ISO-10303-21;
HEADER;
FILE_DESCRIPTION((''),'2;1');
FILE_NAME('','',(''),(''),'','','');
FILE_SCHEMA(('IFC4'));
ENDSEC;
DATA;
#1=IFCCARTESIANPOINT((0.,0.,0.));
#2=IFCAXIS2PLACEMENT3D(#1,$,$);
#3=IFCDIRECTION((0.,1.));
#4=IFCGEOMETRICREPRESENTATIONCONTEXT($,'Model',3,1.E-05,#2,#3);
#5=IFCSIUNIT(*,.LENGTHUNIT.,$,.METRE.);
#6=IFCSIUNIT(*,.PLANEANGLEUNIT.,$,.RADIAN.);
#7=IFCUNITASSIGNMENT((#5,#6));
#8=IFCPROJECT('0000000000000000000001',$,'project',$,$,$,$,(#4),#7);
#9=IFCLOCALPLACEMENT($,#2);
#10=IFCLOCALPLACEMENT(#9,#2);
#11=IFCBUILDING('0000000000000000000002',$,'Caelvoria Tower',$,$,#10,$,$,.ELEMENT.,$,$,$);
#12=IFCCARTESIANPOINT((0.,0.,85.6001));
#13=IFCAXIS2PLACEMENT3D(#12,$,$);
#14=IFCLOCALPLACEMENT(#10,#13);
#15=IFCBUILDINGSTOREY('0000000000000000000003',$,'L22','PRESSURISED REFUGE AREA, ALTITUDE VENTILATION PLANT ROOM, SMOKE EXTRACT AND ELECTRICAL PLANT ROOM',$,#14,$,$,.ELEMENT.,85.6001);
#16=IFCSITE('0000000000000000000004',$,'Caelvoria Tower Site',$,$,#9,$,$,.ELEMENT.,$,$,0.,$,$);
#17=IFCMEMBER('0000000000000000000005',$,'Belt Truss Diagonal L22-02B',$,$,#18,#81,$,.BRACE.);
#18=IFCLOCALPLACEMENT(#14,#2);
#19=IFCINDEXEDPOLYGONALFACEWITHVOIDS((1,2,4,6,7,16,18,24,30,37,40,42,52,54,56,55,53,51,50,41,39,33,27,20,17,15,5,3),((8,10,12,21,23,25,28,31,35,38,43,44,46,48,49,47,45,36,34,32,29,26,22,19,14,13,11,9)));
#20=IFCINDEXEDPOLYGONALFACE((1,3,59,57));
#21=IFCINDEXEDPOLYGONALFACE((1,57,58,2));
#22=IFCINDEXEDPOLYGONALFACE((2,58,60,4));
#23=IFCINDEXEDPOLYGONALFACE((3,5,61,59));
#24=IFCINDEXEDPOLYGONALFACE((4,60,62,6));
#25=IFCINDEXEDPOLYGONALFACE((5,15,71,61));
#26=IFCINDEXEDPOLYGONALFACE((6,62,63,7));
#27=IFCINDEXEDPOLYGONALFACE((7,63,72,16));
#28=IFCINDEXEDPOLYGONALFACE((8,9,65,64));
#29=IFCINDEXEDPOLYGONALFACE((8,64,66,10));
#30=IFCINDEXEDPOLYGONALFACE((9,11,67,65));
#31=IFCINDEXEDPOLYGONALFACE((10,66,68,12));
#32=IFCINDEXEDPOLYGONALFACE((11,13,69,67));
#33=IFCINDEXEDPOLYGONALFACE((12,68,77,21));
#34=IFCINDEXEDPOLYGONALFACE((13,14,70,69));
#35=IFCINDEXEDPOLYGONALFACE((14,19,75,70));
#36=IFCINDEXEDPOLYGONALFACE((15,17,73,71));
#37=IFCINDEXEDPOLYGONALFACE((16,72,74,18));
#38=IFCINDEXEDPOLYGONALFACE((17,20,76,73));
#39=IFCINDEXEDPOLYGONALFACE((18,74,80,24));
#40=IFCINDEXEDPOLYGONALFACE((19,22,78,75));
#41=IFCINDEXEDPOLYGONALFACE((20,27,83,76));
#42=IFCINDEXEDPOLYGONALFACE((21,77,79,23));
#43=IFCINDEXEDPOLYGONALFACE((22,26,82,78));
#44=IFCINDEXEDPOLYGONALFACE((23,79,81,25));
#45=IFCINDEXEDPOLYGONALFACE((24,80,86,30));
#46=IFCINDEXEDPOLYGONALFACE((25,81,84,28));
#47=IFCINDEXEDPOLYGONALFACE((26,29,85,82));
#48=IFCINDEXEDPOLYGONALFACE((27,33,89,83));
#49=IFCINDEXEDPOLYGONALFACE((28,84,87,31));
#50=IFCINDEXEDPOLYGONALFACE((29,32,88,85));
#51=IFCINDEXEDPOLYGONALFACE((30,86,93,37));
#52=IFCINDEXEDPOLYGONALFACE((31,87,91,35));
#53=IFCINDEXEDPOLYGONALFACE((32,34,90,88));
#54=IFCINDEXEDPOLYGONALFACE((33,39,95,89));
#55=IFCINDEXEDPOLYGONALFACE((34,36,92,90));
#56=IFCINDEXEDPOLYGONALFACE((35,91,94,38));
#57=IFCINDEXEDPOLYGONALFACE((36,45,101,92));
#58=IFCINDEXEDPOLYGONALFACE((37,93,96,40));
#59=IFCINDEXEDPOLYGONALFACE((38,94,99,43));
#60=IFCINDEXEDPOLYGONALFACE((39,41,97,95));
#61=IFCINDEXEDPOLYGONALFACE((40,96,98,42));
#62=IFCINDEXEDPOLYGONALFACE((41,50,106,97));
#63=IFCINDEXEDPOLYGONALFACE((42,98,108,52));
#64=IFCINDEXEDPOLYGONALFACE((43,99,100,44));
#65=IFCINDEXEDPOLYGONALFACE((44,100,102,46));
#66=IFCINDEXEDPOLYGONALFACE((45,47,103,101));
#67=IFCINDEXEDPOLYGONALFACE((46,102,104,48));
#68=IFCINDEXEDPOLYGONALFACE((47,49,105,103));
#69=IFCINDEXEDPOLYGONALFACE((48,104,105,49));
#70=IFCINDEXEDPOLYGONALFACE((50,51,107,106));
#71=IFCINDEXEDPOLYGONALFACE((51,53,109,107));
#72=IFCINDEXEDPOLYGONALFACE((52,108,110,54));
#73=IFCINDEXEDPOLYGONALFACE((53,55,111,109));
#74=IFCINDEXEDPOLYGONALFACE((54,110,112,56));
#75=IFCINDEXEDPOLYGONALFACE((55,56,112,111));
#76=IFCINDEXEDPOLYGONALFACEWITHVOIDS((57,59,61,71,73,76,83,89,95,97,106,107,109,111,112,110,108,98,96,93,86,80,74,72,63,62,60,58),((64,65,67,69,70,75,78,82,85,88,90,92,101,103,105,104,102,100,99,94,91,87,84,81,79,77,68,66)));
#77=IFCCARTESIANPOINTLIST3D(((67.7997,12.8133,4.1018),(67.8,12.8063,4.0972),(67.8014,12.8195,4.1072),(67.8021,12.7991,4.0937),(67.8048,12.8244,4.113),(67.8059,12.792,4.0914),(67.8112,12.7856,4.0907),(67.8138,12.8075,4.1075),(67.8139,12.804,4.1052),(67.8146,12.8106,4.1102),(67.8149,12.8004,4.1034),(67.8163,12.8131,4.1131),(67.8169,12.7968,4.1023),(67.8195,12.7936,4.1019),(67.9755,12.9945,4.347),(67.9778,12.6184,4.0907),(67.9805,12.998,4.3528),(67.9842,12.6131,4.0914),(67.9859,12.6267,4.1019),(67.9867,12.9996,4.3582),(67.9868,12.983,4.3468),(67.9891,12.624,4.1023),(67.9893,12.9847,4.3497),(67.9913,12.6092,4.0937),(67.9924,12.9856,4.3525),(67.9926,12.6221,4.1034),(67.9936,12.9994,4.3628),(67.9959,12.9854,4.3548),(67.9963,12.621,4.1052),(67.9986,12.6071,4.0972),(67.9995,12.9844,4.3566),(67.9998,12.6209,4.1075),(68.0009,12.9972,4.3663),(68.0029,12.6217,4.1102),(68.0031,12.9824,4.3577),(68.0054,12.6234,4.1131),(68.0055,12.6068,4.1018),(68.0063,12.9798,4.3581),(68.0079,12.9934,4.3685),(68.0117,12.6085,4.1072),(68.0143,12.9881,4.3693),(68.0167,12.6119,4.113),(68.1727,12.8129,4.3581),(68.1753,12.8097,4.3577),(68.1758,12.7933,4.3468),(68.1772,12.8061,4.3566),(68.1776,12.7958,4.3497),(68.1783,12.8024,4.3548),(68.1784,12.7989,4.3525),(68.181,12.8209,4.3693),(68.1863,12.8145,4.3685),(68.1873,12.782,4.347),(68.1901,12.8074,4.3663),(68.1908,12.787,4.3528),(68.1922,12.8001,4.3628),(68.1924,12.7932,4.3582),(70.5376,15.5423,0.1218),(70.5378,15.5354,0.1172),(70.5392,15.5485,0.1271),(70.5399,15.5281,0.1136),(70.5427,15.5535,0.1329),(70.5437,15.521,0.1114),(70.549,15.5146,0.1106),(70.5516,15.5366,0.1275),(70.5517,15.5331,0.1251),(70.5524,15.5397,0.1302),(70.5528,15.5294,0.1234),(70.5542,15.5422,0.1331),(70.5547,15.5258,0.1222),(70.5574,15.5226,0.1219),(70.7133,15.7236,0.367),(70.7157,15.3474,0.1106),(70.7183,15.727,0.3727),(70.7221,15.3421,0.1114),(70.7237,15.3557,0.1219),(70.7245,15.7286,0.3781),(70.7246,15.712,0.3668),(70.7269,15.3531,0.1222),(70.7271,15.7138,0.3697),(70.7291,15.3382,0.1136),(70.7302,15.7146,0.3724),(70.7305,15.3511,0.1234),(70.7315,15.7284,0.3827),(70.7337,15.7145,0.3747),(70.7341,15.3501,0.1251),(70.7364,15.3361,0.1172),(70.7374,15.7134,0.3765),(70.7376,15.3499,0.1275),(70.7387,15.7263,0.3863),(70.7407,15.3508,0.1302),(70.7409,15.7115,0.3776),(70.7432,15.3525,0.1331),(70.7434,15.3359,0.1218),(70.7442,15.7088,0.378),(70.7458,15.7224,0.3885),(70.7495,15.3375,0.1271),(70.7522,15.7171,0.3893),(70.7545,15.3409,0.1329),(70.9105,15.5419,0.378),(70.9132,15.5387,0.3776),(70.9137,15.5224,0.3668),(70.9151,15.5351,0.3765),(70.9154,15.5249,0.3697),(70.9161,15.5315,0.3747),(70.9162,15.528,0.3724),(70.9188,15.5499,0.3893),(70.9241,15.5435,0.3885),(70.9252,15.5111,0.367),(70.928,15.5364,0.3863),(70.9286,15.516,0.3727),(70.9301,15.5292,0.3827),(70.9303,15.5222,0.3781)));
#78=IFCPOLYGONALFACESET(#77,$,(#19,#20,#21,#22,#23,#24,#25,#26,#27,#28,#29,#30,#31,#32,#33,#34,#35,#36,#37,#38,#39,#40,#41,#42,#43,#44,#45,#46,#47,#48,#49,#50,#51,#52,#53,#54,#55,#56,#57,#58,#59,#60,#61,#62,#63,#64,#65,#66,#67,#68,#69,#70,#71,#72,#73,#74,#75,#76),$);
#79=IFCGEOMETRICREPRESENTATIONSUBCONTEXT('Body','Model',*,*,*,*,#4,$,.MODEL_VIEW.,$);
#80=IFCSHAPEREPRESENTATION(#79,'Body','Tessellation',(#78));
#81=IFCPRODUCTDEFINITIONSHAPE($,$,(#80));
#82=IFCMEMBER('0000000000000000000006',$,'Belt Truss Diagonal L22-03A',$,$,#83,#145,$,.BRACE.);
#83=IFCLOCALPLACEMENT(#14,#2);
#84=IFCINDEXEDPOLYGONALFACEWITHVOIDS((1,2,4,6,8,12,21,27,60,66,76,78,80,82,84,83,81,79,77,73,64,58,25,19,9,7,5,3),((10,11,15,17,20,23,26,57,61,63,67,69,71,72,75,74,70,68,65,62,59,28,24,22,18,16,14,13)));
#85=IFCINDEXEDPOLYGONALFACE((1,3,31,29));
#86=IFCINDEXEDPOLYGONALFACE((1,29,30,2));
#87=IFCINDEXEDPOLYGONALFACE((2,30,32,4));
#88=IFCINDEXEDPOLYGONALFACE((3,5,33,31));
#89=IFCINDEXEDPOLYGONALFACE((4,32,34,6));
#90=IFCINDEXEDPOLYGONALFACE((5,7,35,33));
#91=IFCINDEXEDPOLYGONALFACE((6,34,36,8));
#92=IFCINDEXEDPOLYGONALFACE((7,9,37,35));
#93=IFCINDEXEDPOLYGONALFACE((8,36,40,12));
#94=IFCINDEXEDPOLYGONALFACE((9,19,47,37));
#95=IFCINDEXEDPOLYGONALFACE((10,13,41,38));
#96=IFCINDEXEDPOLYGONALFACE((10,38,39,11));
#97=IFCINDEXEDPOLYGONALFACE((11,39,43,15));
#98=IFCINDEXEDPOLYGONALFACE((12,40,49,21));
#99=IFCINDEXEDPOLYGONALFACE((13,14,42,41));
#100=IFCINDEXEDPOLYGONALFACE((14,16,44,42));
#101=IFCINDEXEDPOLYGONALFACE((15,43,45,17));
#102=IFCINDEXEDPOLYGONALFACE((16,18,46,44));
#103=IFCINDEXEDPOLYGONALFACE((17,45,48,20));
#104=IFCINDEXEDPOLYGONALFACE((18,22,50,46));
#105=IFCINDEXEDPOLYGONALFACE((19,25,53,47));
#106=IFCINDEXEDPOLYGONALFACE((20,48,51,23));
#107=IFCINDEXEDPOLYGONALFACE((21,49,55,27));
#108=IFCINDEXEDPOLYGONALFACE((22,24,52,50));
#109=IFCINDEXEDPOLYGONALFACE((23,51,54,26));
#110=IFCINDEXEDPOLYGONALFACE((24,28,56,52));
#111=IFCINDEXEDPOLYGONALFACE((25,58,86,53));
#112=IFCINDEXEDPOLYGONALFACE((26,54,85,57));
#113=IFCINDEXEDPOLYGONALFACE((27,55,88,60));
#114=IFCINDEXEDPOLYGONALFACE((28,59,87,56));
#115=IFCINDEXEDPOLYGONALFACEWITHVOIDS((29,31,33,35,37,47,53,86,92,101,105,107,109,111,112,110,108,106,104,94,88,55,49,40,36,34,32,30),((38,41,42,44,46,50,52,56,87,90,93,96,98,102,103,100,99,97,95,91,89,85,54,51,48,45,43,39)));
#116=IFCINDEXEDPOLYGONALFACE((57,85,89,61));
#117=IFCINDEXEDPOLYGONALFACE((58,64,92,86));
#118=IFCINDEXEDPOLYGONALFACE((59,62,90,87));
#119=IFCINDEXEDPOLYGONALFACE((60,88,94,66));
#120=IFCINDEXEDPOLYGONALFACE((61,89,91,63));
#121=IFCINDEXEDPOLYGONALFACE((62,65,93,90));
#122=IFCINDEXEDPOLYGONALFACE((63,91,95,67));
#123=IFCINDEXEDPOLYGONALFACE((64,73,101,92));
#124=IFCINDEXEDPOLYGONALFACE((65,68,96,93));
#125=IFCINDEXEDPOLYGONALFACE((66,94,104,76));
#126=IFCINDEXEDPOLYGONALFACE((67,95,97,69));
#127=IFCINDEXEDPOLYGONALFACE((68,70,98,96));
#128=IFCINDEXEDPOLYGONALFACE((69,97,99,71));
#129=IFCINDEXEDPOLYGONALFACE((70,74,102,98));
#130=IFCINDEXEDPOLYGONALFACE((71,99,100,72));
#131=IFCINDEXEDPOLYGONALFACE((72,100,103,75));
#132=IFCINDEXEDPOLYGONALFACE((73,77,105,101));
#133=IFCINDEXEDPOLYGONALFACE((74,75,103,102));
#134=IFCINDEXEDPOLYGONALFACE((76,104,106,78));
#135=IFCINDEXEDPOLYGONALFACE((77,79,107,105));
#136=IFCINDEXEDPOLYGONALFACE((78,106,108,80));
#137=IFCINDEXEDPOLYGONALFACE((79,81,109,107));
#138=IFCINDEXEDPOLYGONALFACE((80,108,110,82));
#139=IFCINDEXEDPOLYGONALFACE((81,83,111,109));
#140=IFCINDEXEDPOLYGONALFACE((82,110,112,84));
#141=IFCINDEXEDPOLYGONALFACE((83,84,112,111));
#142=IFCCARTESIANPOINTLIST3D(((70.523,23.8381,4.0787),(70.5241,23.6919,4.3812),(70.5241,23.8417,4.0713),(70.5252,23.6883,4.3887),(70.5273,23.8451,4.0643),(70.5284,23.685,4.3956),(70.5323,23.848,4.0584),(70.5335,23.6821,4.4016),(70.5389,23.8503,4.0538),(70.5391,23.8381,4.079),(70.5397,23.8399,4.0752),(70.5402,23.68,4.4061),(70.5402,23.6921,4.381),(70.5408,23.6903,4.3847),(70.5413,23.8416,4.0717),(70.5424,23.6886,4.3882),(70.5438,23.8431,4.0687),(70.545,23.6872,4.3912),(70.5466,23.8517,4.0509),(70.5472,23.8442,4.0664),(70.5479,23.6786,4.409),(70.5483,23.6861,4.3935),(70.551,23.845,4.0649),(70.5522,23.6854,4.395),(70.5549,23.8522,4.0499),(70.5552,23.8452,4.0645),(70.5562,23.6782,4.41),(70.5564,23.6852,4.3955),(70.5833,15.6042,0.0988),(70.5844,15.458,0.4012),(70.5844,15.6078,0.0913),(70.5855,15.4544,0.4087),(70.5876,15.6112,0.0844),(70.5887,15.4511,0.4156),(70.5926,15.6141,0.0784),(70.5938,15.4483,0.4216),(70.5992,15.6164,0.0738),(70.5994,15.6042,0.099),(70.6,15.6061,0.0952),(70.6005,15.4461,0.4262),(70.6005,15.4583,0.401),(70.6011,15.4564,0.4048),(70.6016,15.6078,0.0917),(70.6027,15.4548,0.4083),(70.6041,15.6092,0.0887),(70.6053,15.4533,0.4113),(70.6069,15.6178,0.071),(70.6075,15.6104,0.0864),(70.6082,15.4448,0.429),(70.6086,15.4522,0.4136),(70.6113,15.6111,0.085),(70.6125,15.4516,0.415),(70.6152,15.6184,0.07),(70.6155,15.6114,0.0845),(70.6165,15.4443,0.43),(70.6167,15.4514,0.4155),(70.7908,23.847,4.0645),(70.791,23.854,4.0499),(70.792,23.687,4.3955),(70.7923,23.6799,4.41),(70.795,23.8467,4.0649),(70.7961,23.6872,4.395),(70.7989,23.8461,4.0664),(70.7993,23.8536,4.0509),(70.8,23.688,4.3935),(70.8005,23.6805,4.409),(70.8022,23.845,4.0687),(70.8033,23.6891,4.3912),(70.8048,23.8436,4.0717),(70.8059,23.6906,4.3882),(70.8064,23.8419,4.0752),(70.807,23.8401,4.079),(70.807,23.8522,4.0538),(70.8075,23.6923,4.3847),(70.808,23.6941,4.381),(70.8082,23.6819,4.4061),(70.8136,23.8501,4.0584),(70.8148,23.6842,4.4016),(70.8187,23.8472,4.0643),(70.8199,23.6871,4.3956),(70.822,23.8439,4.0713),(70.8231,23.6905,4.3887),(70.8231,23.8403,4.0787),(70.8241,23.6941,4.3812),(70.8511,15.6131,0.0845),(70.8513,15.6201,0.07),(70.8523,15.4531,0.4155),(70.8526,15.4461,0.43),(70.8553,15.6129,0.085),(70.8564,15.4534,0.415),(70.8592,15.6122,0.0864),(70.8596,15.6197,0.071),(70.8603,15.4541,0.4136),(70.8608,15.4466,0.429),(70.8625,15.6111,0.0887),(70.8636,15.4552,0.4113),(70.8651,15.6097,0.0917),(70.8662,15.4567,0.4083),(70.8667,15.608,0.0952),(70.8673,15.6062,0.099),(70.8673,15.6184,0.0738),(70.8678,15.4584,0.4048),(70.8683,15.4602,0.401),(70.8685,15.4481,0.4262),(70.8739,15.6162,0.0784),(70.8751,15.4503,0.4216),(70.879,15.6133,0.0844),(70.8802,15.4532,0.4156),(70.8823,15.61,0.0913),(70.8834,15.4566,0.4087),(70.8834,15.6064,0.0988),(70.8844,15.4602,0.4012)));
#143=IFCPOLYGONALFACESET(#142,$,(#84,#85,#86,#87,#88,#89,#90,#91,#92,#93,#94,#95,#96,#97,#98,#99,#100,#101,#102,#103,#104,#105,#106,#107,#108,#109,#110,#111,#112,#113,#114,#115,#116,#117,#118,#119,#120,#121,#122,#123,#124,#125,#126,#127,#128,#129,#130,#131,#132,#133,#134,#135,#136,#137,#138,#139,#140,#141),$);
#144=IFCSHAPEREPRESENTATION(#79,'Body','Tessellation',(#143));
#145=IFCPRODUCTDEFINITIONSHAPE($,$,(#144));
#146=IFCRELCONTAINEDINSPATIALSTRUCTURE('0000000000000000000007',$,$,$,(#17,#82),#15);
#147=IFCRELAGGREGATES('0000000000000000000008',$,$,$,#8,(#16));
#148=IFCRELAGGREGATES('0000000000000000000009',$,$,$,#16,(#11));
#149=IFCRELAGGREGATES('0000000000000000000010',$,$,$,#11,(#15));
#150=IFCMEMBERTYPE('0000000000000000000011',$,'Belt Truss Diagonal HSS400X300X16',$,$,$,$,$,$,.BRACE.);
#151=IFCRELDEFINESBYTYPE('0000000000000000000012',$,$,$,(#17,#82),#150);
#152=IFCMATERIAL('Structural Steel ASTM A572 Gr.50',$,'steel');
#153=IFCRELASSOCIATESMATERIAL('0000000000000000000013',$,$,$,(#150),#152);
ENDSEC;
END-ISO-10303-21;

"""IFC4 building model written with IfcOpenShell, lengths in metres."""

from ifc_helpers import new_model, si_unit, direction, frame, origin, origin_2d, place, context, subcontext, project, spatial, hollow_rectangle, extrude, material, material_profile, profile_set, type_object, element, save


model = new_model("IFC4")

# Units and contexts
model_context = context("Model", 3, precision=1e-05, world=origin(), true_north=direction((0.0, 1.0)))
body_context = subcontext(model_context, "Body", "Model", "MODEL_VIEW")
ifc_project = project(units=[si_unit("LENGTHUNIT", "METRE"), si_unit("PLANEANGLEUNIT", "RADIAN")], contexts=[model_context])

# Site, building, storey
site_placement = place(None, origin())
site = spatial("IfcSite", under=ifc_project, at=site_placement, Name="Caelvoria Tower Site", CompositionType="ELEMENT", RefElevation=0.0)
building_placement = place(site_placement, origin())
building = spatial("IfcBuilding", under=site, at=building_placement, Name="Caelvoria Tower", CompositionType="ELEMENT")
storey_placement = place(building_placement, frame((0.0, 0.0, 85.6001)))
storey = spatial("IfcBuildingStorey", under=building, at=storey_placement, Name="L22", Description="PRESSURISED REFUGE AREA, ALTITUDE VENTILATION PLANT ROOM, SMOKE EXTRACT AND ELECTRICAL PLANT ROOM", CompositionType="ELEMENT", Elevation=85.6001)

# Shared definitions
ifc_material_1 = material(Name="Structural Steel ASTM A572 Gr.50", Category="steel")

# Members
ifc_material_profile_1 = material_profile(ifc_material_1, hollow_rectangle(XDim=0.3, YDim=0.3999, WallThickness=0.0161, InnerFilletRadius=0.0161, OuterFilletRadius=0.032, at=origin_2d()), Name="Structural Steel ASTM A572 Gr.50")
ifc_profile_set_1 = profile_set([ifc_material_profile_1], Name="HSS400X300X16 - Structural Steel ASTM A572 Gr.50")
member_type_1 = type_object("IfcMemberType", Name="Belt Truss Diagonal HSS400X300X16", PredefinedType="BRACE", material=ifc_profile_set_1)
for number, where, z_axis, x_axis, name in (
    (1, (67.9961, 12.8032, 4.23), (0.493451, 0.491866, -0.717338), (-0.705969, 0.708243, 0.0), "Belt Truss Diagonal L22-02B"),
):
    element("IfcMember", number, at=place(storey_placement, frame(where, z_axis=z_axis, x_axis=x_axis)), inside=storey, type_object=member_type_1, Name=name, PredefinedType="BRACE", context=body_context, shape_type="SweptSolid", body=[
        extrude(hollow_rectangle(XDim=0.3, YDim=0.3999, WallThickness=0.0161, InnerFilletRadius=0.0161, OuterFilletRadius=0.032, at=origin_2d()), origin(), (0.0, 0.0, 1.0), 5.5483),
    ])
for number, where, z_axis, x_axis, name in (
    (2, (70.7339, 15.5322, 0.25), (-0.006594, 0.900318, 0.435183), (-0.999973, -0.007324, 0.0), "Belt Truss Diagonal L22-03A"),
):
    element("IfcMember", number, at=place(storey_placement, frame(where, z_axis=z_axis, x_axis=x_axis)), inside=storey, type_object=member_type_1, Name=name, PredefinedType="BRACE", context=body_context, shape_type="SweptSolid", body=[
        extrude(hollow_rectangle(XDim=0.3, YDim=0.3999, WallThickness=0.0161, InnerFilletRadius=0.0161, OuterFilletRadius=0.032, at=origin_2d()), origin(), (0.0, 0.0, 1.0), 9.1455),
    ])

save(model, "model.ifc")
